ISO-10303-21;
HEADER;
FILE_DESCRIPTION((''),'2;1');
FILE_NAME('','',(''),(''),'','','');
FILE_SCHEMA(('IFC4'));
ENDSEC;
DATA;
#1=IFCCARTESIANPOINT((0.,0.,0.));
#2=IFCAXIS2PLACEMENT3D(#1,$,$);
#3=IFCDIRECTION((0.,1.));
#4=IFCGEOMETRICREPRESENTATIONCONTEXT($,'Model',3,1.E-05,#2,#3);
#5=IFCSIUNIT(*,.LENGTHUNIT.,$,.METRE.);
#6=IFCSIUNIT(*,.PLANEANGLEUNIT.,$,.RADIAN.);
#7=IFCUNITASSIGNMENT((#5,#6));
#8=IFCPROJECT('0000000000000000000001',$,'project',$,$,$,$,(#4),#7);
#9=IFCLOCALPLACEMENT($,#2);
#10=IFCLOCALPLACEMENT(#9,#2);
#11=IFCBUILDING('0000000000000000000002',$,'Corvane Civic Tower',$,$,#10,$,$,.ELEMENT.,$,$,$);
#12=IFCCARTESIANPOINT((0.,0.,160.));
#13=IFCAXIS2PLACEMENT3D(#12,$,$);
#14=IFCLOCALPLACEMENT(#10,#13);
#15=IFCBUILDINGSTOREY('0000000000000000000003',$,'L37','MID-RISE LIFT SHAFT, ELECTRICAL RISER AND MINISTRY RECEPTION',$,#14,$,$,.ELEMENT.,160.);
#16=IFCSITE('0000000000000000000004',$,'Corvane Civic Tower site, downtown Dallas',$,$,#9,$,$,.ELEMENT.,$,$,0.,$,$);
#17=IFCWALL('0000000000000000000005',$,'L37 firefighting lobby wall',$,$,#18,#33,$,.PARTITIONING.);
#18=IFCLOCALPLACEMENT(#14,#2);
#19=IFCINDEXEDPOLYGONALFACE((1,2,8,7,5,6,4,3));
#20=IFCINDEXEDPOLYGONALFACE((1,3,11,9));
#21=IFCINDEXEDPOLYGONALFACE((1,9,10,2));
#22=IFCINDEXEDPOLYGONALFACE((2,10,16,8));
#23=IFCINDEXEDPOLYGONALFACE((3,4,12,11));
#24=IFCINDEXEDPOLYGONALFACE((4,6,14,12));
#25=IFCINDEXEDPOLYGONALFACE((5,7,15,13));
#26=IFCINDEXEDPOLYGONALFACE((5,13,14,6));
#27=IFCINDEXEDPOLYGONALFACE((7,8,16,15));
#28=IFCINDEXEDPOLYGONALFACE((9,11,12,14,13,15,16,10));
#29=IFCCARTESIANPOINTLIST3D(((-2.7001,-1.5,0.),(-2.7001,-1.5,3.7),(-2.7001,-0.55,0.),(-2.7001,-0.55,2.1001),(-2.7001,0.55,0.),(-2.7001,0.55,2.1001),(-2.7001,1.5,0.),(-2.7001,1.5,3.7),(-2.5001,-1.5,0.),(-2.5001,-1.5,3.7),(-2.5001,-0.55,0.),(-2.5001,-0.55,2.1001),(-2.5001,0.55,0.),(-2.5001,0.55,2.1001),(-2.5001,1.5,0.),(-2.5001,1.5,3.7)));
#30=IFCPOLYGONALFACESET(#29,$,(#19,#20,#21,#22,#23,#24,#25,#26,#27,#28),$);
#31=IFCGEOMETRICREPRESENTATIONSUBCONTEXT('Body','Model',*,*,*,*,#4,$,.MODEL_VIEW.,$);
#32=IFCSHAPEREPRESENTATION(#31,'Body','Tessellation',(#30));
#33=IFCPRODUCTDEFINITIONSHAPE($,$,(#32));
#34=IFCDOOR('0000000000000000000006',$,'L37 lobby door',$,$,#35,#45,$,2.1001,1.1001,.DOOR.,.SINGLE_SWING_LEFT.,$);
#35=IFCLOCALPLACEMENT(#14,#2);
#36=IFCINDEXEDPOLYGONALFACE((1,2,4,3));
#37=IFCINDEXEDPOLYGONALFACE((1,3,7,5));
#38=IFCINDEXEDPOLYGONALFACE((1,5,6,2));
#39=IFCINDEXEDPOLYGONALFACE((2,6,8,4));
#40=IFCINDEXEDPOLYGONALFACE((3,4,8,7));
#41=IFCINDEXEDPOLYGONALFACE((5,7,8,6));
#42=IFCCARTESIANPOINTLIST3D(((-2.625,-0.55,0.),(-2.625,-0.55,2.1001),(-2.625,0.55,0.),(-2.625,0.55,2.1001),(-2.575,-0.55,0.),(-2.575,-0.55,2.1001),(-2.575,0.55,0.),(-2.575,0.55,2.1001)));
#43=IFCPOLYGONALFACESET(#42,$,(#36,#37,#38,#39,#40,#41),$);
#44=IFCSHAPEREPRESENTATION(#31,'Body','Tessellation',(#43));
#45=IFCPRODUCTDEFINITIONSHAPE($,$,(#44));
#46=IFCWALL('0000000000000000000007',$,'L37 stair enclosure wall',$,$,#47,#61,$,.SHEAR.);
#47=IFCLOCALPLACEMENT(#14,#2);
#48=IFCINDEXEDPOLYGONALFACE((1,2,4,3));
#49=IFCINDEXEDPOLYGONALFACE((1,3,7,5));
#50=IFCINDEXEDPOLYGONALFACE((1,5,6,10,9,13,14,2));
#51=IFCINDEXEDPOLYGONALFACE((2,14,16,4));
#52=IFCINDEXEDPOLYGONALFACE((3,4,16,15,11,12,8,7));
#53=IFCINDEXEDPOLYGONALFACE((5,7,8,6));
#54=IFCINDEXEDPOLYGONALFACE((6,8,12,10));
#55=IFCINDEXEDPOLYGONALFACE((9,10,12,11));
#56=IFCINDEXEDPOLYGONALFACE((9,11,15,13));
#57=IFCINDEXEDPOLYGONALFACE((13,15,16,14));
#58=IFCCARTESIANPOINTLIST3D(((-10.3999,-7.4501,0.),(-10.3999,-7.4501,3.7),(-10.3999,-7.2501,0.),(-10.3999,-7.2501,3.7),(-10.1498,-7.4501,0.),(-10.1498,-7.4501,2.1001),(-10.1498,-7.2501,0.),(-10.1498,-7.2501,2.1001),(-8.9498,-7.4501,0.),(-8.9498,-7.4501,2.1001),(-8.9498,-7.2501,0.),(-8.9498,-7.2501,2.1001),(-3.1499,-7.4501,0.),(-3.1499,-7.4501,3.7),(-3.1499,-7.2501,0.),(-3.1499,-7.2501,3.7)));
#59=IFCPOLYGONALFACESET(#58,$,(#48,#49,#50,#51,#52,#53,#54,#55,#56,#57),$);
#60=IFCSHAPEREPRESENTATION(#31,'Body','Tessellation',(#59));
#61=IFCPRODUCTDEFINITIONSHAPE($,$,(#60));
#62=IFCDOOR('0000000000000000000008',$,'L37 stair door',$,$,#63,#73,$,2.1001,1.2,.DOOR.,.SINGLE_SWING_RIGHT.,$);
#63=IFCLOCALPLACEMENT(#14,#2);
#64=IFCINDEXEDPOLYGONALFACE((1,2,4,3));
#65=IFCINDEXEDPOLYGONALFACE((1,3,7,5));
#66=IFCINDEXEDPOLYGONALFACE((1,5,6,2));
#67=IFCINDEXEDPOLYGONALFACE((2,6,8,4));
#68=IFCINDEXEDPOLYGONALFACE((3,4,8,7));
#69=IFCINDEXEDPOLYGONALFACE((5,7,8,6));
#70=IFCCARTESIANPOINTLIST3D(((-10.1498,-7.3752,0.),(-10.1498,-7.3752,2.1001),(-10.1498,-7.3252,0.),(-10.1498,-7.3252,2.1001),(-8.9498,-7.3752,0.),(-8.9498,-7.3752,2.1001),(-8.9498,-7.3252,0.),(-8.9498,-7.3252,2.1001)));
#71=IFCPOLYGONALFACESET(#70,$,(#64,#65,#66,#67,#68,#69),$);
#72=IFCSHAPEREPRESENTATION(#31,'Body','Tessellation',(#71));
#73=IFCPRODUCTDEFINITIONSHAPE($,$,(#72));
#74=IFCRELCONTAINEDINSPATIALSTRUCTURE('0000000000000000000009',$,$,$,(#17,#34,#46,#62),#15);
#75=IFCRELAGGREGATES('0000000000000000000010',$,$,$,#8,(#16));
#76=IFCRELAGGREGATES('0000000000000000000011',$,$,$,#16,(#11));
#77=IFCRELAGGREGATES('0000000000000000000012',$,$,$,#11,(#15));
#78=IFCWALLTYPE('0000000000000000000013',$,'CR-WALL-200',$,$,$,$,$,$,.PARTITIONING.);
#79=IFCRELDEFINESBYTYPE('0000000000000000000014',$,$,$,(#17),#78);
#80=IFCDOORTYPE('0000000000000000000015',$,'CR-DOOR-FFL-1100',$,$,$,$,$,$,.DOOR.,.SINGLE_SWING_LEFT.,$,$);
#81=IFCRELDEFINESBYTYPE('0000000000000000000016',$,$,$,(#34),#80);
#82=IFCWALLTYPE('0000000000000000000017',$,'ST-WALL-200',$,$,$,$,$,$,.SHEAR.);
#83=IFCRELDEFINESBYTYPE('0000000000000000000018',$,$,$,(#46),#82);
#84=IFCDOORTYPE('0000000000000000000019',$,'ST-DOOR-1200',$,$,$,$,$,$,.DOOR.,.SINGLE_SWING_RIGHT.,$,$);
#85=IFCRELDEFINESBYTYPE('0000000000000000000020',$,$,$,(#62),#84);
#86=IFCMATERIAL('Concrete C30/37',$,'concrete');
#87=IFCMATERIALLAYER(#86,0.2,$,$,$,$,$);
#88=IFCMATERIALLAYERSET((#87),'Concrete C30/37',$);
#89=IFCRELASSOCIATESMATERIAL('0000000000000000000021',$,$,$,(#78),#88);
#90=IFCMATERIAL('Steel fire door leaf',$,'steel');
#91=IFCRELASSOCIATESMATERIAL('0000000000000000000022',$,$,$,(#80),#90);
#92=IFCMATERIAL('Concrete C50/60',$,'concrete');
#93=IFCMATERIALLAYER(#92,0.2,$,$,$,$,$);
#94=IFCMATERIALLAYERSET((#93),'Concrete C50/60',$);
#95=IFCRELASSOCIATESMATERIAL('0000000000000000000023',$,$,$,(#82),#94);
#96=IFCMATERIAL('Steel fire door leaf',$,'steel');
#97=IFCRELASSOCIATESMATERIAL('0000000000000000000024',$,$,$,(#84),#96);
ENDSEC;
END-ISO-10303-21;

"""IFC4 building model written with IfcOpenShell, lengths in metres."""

from ifc_helpers import new_model, si_unit, direction, frame, frame_2d, origin, place, context, subcontext, project, spatial, rectangle, extrude, material, layer, layer_set, type_object, element, fill, save


model = new_model("IFC4")

# Units and contexts
model_context = context("Model", 3, precision=1e-05, world=origin(), true_north=direction((0.0, 1.0)))
body_context = subcontext(model_context, "Body", "Model", "MODEL_VIEW")
ifc_project = project(units=[si_unit("LENGTHUNIT", "METRE"), si_unit("PLANEANGLEUNIT", "RADIAN")], contexts=[model_context])

# Site, building, storey
site_placement = place(None, origin())
site = spatial("IfcSite", under=ifc_project, at=site_placement, Name="Corvane Civic Tower site, downtown Dallas", CompositionType="ELEMENT", RefElevation=0.0)
building_placement = place(site_placement, origin())
building = spatial("IfcBuilding", under=site, at=building_placement, Name="Corvane Civic Tower", CompositionType="ELEMENT")
storey_placement = place(building_placement, frame((0.0, 0.0, 160.0)))
storey = spatial("IfcBuildingStorey", under=building, at=storey_placement, Name="L37", Description="MID-RISE LIFT SHAFT, ELECTRICAL RISER AND MINISTRY RECEPTION", CompositionType="ELEMENT", Elevation=160.0)

# Shared definitions
ifc_material_1 = material(Name="Concrete C30/37", Category="concrete")
ifc_layer_1 = layer(ifc_material_1, 0.2)
ifc_layer_set_1 = layer_set([ifc_layer_1], Name="Concrete C30/37")
wall_type_1 = type_object("IfcWallType", Name="CR-WALL-200", PredefinedType="PARTITIONING", material=ifc_layer_set_1)

# Walls, openings, doors
wall_1_placement = place(storey_placement, frame((-2.6001, -1.5, 0.0), z_axis=(0.0, 0.0, 1.0), x_axis=(0.0, 1.0, 0.0)))
wall_1 = element("IfcWall", 1, at=wall_1_placement, inside=storey, type_object=wall_type_1, Name="L37 firefighting lobby wall", PredefinedType="PARTITIONING", context=body_context, shape_type="SweptSolid", body=[
    extrude(rectangle(XDim=3.0, YDim=0.2, at=frame_2d((1.5, 0.0))), origin(), (0.0, 0.0, 1.0), 3.7),
])
opening_1_placement = place(wall_1_placement, frame((0.95, 0.0, 0.0)))
opening_1 = element("IfcOpeningElement", 2, at=opening_1_placement, cuts=wall_1, PredefinedType="OPENING", context=body_context, shape_type="SweptSolid", body=[
    extrude(rectangle(XDim=1.1001, YDim=2.1001, at=frame_2d((0.55, 1.05))), frame((0.0, 0.1099, 0.0), z_axis=(0.0, -1.0, 0.0), x_axis=(1.0, 0.0, 0.0)), (0.0, 0.0, 1.0), 0.22),
])
ifc_material_2 = material(Name="Steel fire door leaf", Category="steel")
door_type_1 = type_object("IfcDoorType", Name="CR-DOOR-FFL-1100", OperationType="SINGLE_SWING_LEFT", PredefinedType="DOOR", material=ifc_material_2)
door_1_placement = place(opening_1_placement, origin())
door_1 = element("IfcDoor", 3, at=door_1_placement, inside=storey, type_object=door_type_1, Name="L37 lobby door", OperationType="SINGLE_SWING_LEFT", OverallHeight=2.1001, OverallWidth=1.1001, PredefinedType="DOOR", context=body_context, shape_type="SweptSolid", body=[
    extrude(rectangle(XDim=1.1001, YDim=2.1001, at=frame_2d((0.55, 1.05))), frame((0.0, 0.0249, 0.0), z_axis=(0.0, -1.0, 0.0), x_axis=(1.0, 0.0, 0.0)), (0.0, 0.0, 1.0), 0.05),
])
fill(opening_1, door_1)
ifc_material_3 = material(Name="Concrete C50/60", Category="concrete")
ifc_layer_2 = layer(ifc_material_3, 0.2)
ifc_layer_set_2 = layer_set([ifc_layer_2], Name="Concrete C50/60")
wall_type_2 = type_object("IfcWallType", Name="ST-WALL-200", PredefinedType="SHEAR", material=ifc_layer_set_2)
wall_2_placement = place(storey_placement, frame((-10.3999, -7.3501, 0.0), z_axis=(0.0, 0.0, 1.0), x_axis=(1.0, 0.0, 0.0)))
wall_2 = element("IfcWall", 4, at=wall_2_placement, inside=storey, type_object=wall_type_2, Name="L37 stair enclosure wall", PredefinedType="SHEAR", context=body_context, shape_type="SweptSolid", body=[
    extrude(rectangle(XDim=7.25, YDim=0.2, at=frame_2d((3.625, 0.0))), origin(), (0.0, 0.0, 1.0), 3.7),
])
opening_2_placement = place(wall_2_placement, frame((0.25, 0.0, 0.0)))
opening_2 = element("IfcOpeningElement", 5, at=opening_2_placement, cuts=wall_2, PredefinedType="OPENING", context=body_context, shape_type="SweptSolid", body=[
    extrude(rectangle(XDim=1.2, YDim=2.1001, at=frame_2d((0.6001, 1.05))), frame((0.0, 0.1099, 0.0), z_axis=(0.0, -1.0, 0.0), x_axis=(1.0, 0.0, 0.0)), (0.0, 0.0, 1.0), 0.22),
])
ifc_material_4 = material(Name="Steel fire door leaf", Category="steel")
door_type_2 = type_object("IfcDoorType", Name="ST-DOOR-1200", OperationType="SINGLE_SWING_RIGHT", PredefinedType="DOOR", material=ifc_material_4)
door_2_placement = place(opening_2_placement, origin())
door_2 = element("IfcDoor", 6, at=door_2_placement, inside=storey, type_object=door_type_2, Name="L37 stair door", OperationType="SINGLE_SWING_RIGHT", OverallHeight=2.1001, OverallWidth=1.2, PredefinedType="DOOR", context=body_context, shape_type="SweptSolid", body=[
    extrude(rectangle(XDim=1.2, YDim=2.1001, at=frame_2d((0.6001, 1.05))), frame((0.0, 0.0249, 0.0), z_axis=(0.0, -1.0, 0.0), x_axis=(1.0, 0.0, 0.0)), (0.0, 0.0, 1.0), 0.05),
])
fill(opening_2, door_2)

save(model, "model.ifc")
